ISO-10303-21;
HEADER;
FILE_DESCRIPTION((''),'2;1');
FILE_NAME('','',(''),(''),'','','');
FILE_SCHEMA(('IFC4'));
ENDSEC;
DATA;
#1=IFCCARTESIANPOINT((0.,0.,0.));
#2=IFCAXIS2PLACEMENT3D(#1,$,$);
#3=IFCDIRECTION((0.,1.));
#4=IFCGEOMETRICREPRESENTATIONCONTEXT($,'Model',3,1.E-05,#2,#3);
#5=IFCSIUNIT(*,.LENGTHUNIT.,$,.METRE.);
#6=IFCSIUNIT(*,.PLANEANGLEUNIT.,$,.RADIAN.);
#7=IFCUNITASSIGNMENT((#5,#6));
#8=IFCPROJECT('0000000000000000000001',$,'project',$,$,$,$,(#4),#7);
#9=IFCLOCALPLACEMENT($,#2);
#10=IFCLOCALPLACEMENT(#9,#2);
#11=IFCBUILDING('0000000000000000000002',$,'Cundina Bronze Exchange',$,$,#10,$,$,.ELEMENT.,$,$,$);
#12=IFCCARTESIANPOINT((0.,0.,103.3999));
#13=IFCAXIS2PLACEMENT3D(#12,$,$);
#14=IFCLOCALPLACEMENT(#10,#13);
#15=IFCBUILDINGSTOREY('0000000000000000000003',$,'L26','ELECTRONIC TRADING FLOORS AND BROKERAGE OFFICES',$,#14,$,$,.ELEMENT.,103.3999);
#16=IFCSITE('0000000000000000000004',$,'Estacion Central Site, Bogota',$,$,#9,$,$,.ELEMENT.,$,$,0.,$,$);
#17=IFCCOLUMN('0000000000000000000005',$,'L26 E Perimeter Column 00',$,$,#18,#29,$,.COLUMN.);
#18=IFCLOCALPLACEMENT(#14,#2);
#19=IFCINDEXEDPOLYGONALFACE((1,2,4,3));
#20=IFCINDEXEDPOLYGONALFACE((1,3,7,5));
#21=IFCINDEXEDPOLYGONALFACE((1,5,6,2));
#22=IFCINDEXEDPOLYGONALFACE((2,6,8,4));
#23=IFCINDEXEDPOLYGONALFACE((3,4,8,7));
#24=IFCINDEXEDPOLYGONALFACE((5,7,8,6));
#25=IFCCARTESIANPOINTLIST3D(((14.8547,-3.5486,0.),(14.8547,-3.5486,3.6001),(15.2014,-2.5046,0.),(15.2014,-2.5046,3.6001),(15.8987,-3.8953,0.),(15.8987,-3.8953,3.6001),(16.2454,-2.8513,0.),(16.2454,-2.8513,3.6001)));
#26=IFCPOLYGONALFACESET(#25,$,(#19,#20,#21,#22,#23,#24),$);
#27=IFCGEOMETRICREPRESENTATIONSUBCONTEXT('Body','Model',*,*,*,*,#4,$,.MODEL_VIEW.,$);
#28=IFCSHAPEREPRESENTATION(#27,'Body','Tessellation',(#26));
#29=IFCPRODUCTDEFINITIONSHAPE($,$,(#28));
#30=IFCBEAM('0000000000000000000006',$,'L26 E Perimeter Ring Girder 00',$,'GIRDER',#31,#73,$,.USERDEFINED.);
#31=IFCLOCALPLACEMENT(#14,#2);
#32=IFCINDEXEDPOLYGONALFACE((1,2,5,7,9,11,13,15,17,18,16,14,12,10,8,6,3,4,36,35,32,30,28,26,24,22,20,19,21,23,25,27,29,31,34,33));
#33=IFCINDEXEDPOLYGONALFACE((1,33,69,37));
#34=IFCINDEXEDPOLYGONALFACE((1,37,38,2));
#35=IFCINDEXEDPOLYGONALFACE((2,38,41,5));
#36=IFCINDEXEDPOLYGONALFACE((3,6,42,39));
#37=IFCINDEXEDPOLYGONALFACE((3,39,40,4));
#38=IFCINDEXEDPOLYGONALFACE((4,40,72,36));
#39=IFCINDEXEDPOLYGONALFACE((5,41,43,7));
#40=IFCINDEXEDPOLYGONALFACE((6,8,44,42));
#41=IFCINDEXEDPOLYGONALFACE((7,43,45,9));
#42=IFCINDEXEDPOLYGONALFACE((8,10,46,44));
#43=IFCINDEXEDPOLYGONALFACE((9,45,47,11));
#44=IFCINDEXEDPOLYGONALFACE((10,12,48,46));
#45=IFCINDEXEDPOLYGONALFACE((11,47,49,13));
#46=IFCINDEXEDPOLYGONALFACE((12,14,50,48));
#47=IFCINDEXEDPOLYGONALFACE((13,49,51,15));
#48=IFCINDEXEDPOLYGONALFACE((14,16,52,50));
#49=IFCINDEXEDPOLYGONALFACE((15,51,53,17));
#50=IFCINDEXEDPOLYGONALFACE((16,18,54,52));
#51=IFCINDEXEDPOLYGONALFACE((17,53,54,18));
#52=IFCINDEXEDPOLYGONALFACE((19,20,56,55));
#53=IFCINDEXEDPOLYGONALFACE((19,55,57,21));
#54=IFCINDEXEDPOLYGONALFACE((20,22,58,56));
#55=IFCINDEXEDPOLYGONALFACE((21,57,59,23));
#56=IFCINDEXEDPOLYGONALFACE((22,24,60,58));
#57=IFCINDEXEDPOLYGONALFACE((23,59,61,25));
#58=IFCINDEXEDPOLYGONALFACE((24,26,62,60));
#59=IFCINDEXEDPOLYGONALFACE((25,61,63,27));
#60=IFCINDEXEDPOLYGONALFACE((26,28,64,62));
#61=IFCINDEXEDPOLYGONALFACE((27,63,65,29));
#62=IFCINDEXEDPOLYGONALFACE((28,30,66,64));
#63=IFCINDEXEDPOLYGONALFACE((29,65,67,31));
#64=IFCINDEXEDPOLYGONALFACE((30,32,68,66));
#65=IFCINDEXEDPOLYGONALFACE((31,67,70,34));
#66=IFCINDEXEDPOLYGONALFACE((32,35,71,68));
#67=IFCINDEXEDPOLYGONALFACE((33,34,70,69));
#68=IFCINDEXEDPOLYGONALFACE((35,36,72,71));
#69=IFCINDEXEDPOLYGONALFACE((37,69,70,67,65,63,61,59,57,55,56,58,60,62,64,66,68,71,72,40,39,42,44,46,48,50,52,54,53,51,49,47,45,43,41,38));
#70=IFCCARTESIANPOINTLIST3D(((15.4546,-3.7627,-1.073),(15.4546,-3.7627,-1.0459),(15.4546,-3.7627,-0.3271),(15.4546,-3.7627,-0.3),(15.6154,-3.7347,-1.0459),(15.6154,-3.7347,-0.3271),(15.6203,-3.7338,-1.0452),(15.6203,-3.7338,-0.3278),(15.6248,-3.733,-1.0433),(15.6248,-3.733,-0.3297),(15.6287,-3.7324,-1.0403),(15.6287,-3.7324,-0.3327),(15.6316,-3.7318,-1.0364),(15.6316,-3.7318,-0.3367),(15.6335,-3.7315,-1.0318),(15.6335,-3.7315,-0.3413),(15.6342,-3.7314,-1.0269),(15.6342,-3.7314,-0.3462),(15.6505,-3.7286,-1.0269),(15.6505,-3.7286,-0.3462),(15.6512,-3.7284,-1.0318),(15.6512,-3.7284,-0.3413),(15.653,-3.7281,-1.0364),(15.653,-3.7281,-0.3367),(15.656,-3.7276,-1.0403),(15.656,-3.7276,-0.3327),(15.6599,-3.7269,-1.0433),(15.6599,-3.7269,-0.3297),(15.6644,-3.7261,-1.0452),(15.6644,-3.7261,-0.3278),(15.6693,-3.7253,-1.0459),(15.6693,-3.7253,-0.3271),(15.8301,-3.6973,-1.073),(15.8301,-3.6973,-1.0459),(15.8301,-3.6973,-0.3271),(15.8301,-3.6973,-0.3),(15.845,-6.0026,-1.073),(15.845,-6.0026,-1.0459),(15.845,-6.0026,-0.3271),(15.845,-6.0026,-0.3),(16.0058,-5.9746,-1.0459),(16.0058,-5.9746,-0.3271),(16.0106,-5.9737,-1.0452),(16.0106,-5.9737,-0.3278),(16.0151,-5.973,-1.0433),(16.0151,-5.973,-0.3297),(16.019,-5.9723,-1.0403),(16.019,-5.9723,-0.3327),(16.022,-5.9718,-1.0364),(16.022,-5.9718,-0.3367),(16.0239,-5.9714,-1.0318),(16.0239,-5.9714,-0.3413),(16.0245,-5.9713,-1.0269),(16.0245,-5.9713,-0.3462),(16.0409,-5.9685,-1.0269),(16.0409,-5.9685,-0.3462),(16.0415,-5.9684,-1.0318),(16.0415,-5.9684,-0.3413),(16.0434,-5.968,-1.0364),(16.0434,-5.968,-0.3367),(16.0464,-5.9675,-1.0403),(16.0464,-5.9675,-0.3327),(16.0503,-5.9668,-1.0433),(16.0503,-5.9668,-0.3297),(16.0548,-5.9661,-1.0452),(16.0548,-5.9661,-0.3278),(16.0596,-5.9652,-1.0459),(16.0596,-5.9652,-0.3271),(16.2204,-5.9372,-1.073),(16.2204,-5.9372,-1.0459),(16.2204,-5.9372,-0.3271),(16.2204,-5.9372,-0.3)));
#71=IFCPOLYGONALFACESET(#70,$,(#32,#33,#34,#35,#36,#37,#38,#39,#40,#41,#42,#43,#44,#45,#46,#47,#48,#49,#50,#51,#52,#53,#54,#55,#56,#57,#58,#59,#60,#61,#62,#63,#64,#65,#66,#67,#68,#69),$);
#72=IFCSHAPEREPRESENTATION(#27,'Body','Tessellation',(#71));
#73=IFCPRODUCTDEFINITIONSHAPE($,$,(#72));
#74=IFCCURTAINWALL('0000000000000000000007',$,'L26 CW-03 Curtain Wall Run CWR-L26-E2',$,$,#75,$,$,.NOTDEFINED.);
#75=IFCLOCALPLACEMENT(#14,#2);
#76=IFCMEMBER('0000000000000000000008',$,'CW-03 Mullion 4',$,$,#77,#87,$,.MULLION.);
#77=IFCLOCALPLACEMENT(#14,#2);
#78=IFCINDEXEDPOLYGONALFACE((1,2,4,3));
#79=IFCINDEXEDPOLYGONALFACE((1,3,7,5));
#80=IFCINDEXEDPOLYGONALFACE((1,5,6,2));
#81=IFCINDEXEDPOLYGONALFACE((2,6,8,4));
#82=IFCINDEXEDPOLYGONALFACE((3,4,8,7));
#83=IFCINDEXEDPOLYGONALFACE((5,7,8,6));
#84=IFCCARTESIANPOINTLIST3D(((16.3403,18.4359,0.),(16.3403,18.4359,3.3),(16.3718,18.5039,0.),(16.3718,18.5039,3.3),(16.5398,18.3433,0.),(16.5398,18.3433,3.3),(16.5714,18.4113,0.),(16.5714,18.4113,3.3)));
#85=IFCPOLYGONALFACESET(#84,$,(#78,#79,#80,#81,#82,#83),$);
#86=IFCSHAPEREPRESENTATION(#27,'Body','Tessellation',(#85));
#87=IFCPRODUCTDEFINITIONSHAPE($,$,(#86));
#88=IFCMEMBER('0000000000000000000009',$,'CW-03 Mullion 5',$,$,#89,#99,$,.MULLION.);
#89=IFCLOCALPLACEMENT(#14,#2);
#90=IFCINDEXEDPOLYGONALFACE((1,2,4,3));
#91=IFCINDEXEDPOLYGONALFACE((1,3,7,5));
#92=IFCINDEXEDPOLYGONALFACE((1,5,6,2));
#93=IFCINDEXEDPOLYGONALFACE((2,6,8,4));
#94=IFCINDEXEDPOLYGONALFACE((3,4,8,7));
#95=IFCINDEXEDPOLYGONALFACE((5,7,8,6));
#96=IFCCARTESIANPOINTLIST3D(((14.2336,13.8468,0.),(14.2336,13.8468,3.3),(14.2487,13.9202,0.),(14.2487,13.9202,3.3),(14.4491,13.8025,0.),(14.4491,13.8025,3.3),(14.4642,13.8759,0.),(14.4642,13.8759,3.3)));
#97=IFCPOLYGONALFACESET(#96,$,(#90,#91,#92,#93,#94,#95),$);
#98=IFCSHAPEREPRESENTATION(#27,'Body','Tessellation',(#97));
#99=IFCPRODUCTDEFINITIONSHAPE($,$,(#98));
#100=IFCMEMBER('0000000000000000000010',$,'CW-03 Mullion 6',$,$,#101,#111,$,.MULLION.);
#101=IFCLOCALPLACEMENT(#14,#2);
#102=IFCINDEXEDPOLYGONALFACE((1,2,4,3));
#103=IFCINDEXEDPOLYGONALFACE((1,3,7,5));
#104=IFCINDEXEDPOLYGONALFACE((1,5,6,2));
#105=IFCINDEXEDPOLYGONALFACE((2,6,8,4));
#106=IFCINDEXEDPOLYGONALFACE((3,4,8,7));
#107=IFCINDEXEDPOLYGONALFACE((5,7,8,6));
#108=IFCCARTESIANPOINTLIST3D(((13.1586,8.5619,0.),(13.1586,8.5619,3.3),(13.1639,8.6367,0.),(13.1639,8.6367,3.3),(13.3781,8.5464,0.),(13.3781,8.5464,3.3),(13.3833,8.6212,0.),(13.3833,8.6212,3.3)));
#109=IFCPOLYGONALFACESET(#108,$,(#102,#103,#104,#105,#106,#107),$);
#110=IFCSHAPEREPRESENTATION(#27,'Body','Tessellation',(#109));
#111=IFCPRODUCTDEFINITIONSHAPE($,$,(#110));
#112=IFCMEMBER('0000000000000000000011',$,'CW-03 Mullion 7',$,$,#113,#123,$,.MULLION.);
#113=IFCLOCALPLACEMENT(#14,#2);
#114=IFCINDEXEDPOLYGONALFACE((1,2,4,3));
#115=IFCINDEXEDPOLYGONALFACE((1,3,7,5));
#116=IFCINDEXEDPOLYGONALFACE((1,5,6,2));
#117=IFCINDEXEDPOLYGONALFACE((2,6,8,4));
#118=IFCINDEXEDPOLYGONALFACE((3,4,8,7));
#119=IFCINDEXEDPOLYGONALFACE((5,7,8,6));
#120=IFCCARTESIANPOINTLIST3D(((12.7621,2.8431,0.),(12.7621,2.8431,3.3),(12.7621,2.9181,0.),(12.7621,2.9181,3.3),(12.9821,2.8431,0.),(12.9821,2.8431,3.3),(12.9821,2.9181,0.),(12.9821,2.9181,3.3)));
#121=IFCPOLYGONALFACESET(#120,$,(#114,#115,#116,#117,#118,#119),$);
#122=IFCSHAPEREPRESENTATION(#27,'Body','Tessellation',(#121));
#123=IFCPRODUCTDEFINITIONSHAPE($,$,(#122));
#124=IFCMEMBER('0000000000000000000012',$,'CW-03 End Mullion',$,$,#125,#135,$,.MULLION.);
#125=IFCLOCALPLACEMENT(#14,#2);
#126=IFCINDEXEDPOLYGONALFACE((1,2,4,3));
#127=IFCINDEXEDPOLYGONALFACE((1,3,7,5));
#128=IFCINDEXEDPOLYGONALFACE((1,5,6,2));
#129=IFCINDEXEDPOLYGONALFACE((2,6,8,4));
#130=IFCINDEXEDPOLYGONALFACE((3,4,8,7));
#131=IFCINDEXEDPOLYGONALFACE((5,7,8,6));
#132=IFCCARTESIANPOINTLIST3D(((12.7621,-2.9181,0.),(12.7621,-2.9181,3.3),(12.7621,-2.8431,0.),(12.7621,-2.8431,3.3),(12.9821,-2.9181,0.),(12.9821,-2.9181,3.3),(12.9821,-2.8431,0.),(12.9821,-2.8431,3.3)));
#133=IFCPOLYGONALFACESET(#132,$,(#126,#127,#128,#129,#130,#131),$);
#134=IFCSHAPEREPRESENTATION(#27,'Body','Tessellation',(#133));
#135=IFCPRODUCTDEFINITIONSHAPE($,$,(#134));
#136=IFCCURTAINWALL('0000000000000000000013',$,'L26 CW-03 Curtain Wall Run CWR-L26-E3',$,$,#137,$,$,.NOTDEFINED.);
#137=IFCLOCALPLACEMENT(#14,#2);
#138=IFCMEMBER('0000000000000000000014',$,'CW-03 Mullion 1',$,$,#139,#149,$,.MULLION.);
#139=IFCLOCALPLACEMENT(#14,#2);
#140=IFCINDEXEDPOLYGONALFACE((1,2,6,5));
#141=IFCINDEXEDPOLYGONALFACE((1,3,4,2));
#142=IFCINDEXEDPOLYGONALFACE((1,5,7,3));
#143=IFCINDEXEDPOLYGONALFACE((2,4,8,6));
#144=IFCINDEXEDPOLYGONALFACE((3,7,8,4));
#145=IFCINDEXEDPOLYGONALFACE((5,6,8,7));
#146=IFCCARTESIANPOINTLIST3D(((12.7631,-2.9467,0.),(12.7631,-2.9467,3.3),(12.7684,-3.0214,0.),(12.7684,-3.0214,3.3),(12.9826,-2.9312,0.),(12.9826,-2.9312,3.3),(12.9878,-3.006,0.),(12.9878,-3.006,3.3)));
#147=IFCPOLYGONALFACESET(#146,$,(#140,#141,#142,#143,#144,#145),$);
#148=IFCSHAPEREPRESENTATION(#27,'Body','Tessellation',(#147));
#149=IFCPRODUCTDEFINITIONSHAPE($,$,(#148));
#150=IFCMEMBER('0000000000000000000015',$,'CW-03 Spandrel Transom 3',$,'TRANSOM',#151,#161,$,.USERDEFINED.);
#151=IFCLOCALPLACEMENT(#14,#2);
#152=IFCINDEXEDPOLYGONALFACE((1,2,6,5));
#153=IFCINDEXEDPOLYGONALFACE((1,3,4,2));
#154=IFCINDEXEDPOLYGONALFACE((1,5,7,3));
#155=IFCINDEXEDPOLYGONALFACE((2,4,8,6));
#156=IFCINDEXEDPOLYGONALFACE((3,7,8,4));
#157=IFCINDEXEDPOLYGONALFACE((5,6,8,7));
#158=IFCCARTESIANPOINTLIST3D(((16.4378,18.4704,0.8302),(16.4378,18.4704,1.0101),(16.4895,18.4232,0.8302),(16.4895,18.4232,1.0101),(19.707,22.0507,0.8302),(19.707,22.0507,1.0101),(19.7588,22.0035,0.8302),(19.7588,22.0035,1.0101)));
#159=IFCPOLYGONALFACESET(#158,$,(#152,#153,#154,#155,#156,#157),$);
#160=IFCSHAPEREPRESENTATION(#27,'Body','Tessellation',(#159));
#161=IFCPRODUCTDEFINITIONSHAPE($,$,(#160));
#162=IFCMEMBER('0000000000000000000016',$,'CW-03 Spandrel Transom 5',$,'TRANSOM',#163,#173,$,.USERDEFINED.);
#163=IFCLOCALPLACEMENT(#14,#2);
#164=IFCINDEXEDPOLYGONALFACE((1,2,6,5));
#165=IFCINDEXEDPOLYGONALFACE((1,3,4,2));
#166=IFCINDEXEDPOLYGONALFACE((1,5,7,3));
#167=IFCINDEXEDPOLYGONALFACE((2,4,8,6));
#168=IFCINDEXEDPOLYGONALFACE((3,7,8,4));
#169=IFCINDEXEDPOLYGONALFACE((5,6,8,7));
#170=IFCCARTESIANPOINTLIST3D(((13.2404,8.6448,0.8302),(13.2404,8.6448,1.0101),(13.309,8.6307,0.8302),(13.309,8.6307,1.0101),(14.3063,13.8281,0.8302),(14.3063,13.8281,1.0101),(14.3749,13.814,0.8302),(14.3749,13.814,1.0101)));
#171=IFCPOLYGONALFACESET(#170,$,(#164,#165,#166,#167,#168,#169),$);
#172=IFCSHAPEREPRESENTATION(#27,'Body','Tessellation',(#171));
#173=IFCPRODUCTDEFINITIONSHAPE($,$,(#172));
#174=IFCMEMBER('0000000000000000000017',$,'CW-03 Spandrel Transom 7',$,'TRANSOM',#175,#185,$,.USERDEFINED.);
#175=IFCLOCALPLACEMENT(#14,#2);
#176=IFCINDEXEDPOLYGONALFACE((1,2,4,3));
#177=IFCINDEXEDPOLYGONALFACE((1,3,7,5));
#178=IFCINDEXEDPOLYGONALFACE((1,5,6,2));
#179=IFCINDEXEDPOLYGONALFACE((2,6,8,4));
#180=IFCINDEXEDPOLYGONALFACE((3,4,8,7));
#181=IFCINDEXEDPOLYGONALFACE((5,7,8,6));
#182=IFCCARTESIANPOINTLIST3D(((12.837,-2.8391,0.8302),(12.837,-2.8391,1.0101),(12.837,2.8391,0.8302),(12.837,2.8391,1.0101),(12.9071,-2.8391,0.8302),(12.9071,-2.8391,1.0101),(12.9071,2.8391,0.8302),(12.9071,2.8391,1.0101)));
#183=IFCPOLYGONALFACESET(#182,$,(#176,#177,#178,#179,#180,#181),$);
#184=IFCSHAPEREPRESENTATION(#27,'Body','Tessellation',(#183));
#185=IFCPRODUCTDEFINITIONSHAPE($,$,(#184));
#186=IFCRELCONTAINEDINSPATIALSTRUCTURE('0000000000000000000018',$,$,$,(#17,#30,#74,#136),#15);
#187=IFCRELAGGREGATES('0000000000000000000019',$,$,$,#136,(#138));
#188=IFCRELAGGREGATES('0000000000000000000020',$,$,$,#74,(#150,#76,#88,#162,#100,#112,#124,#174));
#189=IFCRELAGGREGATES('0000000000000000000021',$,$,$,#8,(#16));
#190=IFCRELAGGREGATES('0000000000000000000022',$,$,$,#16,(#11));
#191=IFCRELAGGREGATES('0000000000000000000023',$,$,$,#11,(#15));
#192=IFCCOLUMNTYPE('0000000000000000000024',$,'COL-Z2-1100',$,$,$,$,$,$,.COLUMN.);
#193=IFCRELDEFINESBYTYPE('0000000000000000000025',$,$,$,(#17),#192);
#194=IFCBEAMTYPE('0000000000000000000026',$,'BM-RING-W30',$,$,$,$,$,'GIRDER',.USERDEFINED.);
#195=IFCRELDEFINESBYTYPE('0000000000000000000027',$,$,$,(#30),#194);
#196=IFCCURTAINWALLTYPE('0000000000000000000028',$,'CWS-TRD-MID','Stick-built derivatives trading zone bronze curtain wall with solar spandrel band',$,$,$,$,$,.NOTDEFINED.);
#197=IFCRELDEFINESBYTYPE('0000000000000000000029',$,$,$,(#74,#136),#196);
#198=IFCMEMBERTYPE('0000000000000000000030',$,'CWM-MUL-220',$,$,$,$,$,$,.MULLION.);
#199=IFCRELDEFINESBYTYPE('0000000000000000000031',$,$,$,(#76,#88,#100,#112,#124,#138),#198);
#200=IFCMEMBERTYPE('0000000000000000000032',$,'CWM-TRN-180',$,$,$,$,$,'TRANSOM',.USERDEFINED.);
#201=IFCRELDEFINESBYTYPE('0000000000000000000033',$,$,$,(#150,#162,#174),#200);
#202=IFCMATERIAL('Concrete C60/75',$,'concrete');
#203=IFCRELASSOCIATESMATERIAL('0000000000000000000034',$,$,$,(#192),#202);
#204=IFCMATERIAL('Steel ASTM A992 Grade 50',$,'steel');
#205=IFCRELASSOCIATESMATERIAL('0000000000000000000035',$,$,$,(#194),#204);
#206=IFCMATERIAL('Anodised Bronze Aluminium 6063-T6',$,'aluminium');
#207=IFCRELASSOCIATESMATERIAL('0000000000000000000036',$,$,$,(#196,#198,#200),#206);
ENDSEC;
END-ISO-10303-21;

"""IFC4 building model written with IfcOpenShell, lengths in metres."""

from ifc_helpers import new_model, si_unit, direction, frame, origin, origin_2d, place, context, subcontext, project, spatial, rectangle, i_section, extrude, material, material_profile, profile_set, type_object, element, aggregate, save


model = new_model("IFC4")

# Units and contexts
model_context = context("Model", 3, precision=1e-05, world=origin(), true_north=direction((0.0, 1.0)))
body_context = subcontext(model_context, "Body", "Model", "MODEL_VIEW")
ifc_project = project(units=[si_unit("LENGTHUNIT", "METRE"), si_unit("PLANEANGLEUNIT", "RADIAN")], contexts=[model_context])

# Site, building, storey
site_placement = place(None, origin())
site = spatial("IfcSite", under=ifc_project, at=site_placement, Name="Estacion Central Site, Bogota", CompositionType="ELEMENT", RefElevation=0.0)
building_placement = place(site_placement, origin())
building = spatial("IfcBuilding", under=site, at=building_placement, Name="Cundina Bronze Exchange", CompositionType="ELEMENT")
storey_placement = place(building_placement, frame((0.0, 0.0, 103.3999)))
storey = spatial("IfcBuildingStorey", under=building, at=storey_placement, Name="L26", Description="ELECTRONIC TRADING FLOORS AND BROKERAGE OFFICES", CompositionType="ELEMENT", Elevation=103.3999)

# Column
ifc_material_1 = material(Name="Concrete C60/75", Category="concrete")
ifc_material_profile_1 = material_profile(ifc_material_1, rectangle(XDim=1.1001, YDim=1.1001, at=origin_2d()), Name="RC1100X1100", Category="concrete")
ifc_profile_set_1 = profile_set([ifc_material_profile_1], Name="Concrete C60/75")
column_type = type_object("IfcColumnType", Name="COL-Z2-1100", PredefinedType="COLUMN", material=ifc_profile_set_1)
column_placement = place(storey_placement, frame((15.55, -3.2, 0.0), z_axis=(0.0, 0.0, 1.0), x_axis=(-0.315152, -0.949041, 0.0)))
element("IfcColumn", 1, at=column_placement, inside=storey, type_object=column_type, Name="L26 E Perimeter Column 00", PredefinedType="COLUMN", context=body_context, shape_type="SweptSolid", body=[
    extrude(rectangle(XDim=1.1001, YDim=1.1001, at=origin_2d()), origin(), (0.0, 0.0, 1.0), 3.6001),
])

# Beam
ifc_material_2 = material(Name="Steel ASTM A992 Grade 50", Category="steel")
ifc_material_profile_2 = material_profile(ifc_material_2, i_section(OverallWidth=0.3811, OverallDepth=0.7729, WebThickness=0.0166, FlangeThickness=0.0271, FilletRadius=0.019, at=origin_2d()), Name="W30X173", Category="steel")
ifc_profile_set_2 = profile_set([ifc_material_profile_2], Name="Steel ASTM A992 Grade 50")
beam_type = type_object("IfcBeamType", Name="BM-RING-W30", ElementType="GIRDER", PredefinedType="USERDEFINED", material=ifc_profile_set_2)
beam_placement = place(storey_placement, frame((15.6423, -3.73, -0.6865), z_axis=(0.17169, -0.985151, 0.0), x_axis=(0.985151, 0.17169, 0.0)))
element("IfcBeam", 2, at=beam_placement, inside=storey, type_object=beam_type, Name="L26 E Perimeter Ring Girder 00", ObjectType="GIRDER", PredefinedType="USERDEFINED", context=body_context, shape_type="SweptSolid", body=[
    extrude(i_section(OverallWidth=0.3811, OverallDepth=0.7729, WebThickness=0.0166, FlangeThickness=0.0271, FilletRadius=0.019, at=origin_2d()), origin(), (0.0, 0.0, 1.0), 2.2737),
])

# Curtain wall, members
ifc_material_3 = material(Name="Anodised Bronze Aluminium 6063-T6", Category="aluminium")
curtain_wall_type = type_object("IfcCurtainWallType", Name="CWS-TRD-MID", Description="Stick-built derivatives trading zone bronze curtain wall with solar spandrel band", PredefinedType="NOTDEFINED", material=ifc_material_3)
curtain_wall_1_placement = place(storey_placement, origin())
curtain_wall_1 = element("IfcCurtainWall", 3, at=curtain_wall_1_placement, inside=storey, type_object=curtain_wall_type, Name="L26 CW-03 Curtain Wall Run CWR-L26-E2", PredefinedType="NOTDEFINED")
ifc_material_profile_3 = material_profile(ifc_material_3, rectangle(XDim=0.075, YDim=0.22, at=origin_2d()), Name="AL75X220", Category="aluminium")
ifc_profile_set_3 = profile_set([ifc_material_profile_3], Name="Anodised Bronze Aluminium 6063-T6")
member_type_1 = type_object("IfcMemberType", Name="CWM-MUL-220", PredefinedType="MULLION", material=ifc_profile_set_3)
member_1_placement = place(storey_placement, frame((16.4558, 18.4236, 0.0), z_axis=(0.0, 0.0, 1.0), x_axis=(-0.420877, -0.907117, 0.0)))
member_1 = element("IfcMember", 4, at=member_1_placement, type_object=member_type_1, Name="CW-03 Mullion 4", PredefinedType="MULLION", context=body_context, shape_type="SweptSolid", body=[
    extrude(rectangle(XDim=0.075, YDim=0.22, at=origin_2d()), origin(), (0.0, 0.0, 1.0), 3.3),
])
member_2_placement = place(storey_placement, frame((14.3489, 13.8613, 0.0), z_axis=(0.0, 0.0, 1.0), x_axis=(-0.20142, -0.979505, 0.0)))
member_2 = element("IfcMember", 5, at=member_2_placement, type_object=member_type_1, Name="CW-03 Mullion 5", PredefinedType="MULLION", context=body_context, shape_type="SweptSolid", body=[
    extrude(rectangle(XDim=0.075, YDim=0.22, at=origin_2d()), origin(), (0.0, 0.0, 1.0), 3.3),
])
member_3_placement = place(storey_placement, frame((13.271, 8.5916, 0.0), z_axis=(0.0, 0.0, 1.0), x_axis=(-0.070279, -0.997527, 0.0)))
member_3 = element("IfcMember", 6, at=member_3_placement, type_object=member_type_1, Name="CW-03 Mullion 6", PredefinedType="MULLION", context=body_context, shape_type="SweptSolid", body=[
    extrude(rectangle(XDim=0.075, YDim=0.22, at=origin_2d()), origin(), (0.0, 0.0, 1.0), 3.3),
])
member_4_placement = place(storey_placement, frame((12.8721, 2.8806, 0.0), z_axis=(0.0, 0.0, 1.0), x_axis=(0.0, -1.0, 0.0)))
member_4 = element("IfcMember", 7, at=member_4_placement, type_object=member_type_1, Name="CW-03 Mullion 7", PredefinedType="MULLION", context=body_context, shape_type="SweptSolid", body=[
    extrude(rectangle(XDim=0.075, YDim=0.22, at=origin_2d()), origin(), (0.0, 0.0, 1.0), 3.3),
])
member_5_placement = place(storey_placement, frame((12.8721, -2.8806, 0.0), z_axis=(0.0, 0.0, 1.0), x_axis=(0.0, -1.0, 0.0)))
member_5 = element("IfcMember", 8, at=member_5_placement, type_object=member_type_1, Name="CW-03 End Mullion", PredefinedType="MULLION", context=body_context, shape_type="SweptSolid", body=[
    extrude(rectangle(XDim=0.075, YDim=0.22, at=origin_2d()), origin(), (0.0, 0.0, 1.0), 3.3),
])

# Curtain wall, member
curtain_wall_2_placement = place(storey_placement, origin())
curtain_wall_2 = element("IfcCurtainWall", 9, at=curtain_wall_2_placement, inside=storey, type_object=curtain_wall_type, Name="L26 CW-03 Curtain Wall Run CWR-L26-E3", PredefinedType="NOTDEFINED")
member_6_placement = place(storey_placement, frame((12.8755, -2.9763, 0.0), z_axis=(0.0, 0.0, 1.0), x_axis=(0.070279, -0.997527, 0.0)))
member_6 = element("IfcMember", 10, at=member_6_placement, type_object=member_type_1, Name="CW-03 Mullion 1", PredefinedType="MULLION", context=body_context, shape_type="SweptSolid", body=[
    extrude(rectangle(XDim=0.075, YDim=0.22, at=origin_2d()), origin(), (0.0, 0.0, 1.0), 3.3),
])

# Members
ifc_material_profile_4 = material_profile(ifc_material_3, rectangle(XDim=0.0701, YDim=0.1799, at=origin_2d()), Name="AL70X180", Category="aluminium")
ifc_profile_set_4 = profile_set([ifc_material_profile_4], Name="Anodised Bronze Aluminium 6063-T6")
member_type_2 = type_object("IfcMemberType", Name="CWM-TRN-180", ElementType="TRANSOM", PredefinedType="USERDEFINED", material=ifc_profile_set_4)
member_7_placement = place(storey_placement, frame((19.7329, 22.0271, 0.9202), z_axis=(-0.674303, -0.738455, 0.0), x_axis=(0.738455, -0.674303, 0.0)))
member_7 = element("IfcMember", 11, at=member_7_placement, type_object=member_type_2, Name="CW-03 Spandrel Transom 3", ObjectType="TRANSOM", PredefinedType="USERDEFINED", context=body_context, shape_type="SweptSolid", body=[
    extrude(rectangle(XDim=0.0701, YDim=0.1799, at=origin_2d()), origin(), (0.0, 0.0, 1.0), 4.8484),
])
member_8_placement = place(storey_placement, frame((14.3406, 13.821, 0.9202), z_axis=(-0.201428, -0.979503, 0.0), x_axis=(0.979503, -0.201428, 0.0)))
member_8 = element("IfcMember", 12, at=member_8_placement, type_object=member_type_2, Name="CW-03 Spandrel Transom 5", ObjectType="TRANSOM", PredefinedType="USERDEFINED", context=body_context, shape_type="SweptSolid", body=[
    extrude(rectangle(XDim=0.0701, YDim=0.1799, at=origin_2d()), origin(), (0.0, 0.0, 1.0), 5.2917),
])
member_9_placement = place(storey_placement, frame((12.8721, 2.8391, 0.9202), z_axis=(0.0, -1.0, 0.0), x_axis=(1.0, 0.0, 0.0)))
member_9 = element("IfcMember", 13, at=member_9_placement, type_object=member_type_2, Name="CW-03 Spandrel Transom 7", ObjectType="TRANSOM", PredefinedType="USERDEFINED", context=body_context, shape_type="SweptSolid", body=[
    extrude(rectangle(XDim=0.0701, YDim=0.1799, at=origin_2d()), origin(), (0.0, 0.0, 1.0), 5.6782),
])
aggregate(curtain_wall_2, [member_6])

aggregate(curtain_wall_1, [member_7, member_1, member_2, member_8, member_3, member_4, member_5, member_9])

save(model, "model.ifc")
